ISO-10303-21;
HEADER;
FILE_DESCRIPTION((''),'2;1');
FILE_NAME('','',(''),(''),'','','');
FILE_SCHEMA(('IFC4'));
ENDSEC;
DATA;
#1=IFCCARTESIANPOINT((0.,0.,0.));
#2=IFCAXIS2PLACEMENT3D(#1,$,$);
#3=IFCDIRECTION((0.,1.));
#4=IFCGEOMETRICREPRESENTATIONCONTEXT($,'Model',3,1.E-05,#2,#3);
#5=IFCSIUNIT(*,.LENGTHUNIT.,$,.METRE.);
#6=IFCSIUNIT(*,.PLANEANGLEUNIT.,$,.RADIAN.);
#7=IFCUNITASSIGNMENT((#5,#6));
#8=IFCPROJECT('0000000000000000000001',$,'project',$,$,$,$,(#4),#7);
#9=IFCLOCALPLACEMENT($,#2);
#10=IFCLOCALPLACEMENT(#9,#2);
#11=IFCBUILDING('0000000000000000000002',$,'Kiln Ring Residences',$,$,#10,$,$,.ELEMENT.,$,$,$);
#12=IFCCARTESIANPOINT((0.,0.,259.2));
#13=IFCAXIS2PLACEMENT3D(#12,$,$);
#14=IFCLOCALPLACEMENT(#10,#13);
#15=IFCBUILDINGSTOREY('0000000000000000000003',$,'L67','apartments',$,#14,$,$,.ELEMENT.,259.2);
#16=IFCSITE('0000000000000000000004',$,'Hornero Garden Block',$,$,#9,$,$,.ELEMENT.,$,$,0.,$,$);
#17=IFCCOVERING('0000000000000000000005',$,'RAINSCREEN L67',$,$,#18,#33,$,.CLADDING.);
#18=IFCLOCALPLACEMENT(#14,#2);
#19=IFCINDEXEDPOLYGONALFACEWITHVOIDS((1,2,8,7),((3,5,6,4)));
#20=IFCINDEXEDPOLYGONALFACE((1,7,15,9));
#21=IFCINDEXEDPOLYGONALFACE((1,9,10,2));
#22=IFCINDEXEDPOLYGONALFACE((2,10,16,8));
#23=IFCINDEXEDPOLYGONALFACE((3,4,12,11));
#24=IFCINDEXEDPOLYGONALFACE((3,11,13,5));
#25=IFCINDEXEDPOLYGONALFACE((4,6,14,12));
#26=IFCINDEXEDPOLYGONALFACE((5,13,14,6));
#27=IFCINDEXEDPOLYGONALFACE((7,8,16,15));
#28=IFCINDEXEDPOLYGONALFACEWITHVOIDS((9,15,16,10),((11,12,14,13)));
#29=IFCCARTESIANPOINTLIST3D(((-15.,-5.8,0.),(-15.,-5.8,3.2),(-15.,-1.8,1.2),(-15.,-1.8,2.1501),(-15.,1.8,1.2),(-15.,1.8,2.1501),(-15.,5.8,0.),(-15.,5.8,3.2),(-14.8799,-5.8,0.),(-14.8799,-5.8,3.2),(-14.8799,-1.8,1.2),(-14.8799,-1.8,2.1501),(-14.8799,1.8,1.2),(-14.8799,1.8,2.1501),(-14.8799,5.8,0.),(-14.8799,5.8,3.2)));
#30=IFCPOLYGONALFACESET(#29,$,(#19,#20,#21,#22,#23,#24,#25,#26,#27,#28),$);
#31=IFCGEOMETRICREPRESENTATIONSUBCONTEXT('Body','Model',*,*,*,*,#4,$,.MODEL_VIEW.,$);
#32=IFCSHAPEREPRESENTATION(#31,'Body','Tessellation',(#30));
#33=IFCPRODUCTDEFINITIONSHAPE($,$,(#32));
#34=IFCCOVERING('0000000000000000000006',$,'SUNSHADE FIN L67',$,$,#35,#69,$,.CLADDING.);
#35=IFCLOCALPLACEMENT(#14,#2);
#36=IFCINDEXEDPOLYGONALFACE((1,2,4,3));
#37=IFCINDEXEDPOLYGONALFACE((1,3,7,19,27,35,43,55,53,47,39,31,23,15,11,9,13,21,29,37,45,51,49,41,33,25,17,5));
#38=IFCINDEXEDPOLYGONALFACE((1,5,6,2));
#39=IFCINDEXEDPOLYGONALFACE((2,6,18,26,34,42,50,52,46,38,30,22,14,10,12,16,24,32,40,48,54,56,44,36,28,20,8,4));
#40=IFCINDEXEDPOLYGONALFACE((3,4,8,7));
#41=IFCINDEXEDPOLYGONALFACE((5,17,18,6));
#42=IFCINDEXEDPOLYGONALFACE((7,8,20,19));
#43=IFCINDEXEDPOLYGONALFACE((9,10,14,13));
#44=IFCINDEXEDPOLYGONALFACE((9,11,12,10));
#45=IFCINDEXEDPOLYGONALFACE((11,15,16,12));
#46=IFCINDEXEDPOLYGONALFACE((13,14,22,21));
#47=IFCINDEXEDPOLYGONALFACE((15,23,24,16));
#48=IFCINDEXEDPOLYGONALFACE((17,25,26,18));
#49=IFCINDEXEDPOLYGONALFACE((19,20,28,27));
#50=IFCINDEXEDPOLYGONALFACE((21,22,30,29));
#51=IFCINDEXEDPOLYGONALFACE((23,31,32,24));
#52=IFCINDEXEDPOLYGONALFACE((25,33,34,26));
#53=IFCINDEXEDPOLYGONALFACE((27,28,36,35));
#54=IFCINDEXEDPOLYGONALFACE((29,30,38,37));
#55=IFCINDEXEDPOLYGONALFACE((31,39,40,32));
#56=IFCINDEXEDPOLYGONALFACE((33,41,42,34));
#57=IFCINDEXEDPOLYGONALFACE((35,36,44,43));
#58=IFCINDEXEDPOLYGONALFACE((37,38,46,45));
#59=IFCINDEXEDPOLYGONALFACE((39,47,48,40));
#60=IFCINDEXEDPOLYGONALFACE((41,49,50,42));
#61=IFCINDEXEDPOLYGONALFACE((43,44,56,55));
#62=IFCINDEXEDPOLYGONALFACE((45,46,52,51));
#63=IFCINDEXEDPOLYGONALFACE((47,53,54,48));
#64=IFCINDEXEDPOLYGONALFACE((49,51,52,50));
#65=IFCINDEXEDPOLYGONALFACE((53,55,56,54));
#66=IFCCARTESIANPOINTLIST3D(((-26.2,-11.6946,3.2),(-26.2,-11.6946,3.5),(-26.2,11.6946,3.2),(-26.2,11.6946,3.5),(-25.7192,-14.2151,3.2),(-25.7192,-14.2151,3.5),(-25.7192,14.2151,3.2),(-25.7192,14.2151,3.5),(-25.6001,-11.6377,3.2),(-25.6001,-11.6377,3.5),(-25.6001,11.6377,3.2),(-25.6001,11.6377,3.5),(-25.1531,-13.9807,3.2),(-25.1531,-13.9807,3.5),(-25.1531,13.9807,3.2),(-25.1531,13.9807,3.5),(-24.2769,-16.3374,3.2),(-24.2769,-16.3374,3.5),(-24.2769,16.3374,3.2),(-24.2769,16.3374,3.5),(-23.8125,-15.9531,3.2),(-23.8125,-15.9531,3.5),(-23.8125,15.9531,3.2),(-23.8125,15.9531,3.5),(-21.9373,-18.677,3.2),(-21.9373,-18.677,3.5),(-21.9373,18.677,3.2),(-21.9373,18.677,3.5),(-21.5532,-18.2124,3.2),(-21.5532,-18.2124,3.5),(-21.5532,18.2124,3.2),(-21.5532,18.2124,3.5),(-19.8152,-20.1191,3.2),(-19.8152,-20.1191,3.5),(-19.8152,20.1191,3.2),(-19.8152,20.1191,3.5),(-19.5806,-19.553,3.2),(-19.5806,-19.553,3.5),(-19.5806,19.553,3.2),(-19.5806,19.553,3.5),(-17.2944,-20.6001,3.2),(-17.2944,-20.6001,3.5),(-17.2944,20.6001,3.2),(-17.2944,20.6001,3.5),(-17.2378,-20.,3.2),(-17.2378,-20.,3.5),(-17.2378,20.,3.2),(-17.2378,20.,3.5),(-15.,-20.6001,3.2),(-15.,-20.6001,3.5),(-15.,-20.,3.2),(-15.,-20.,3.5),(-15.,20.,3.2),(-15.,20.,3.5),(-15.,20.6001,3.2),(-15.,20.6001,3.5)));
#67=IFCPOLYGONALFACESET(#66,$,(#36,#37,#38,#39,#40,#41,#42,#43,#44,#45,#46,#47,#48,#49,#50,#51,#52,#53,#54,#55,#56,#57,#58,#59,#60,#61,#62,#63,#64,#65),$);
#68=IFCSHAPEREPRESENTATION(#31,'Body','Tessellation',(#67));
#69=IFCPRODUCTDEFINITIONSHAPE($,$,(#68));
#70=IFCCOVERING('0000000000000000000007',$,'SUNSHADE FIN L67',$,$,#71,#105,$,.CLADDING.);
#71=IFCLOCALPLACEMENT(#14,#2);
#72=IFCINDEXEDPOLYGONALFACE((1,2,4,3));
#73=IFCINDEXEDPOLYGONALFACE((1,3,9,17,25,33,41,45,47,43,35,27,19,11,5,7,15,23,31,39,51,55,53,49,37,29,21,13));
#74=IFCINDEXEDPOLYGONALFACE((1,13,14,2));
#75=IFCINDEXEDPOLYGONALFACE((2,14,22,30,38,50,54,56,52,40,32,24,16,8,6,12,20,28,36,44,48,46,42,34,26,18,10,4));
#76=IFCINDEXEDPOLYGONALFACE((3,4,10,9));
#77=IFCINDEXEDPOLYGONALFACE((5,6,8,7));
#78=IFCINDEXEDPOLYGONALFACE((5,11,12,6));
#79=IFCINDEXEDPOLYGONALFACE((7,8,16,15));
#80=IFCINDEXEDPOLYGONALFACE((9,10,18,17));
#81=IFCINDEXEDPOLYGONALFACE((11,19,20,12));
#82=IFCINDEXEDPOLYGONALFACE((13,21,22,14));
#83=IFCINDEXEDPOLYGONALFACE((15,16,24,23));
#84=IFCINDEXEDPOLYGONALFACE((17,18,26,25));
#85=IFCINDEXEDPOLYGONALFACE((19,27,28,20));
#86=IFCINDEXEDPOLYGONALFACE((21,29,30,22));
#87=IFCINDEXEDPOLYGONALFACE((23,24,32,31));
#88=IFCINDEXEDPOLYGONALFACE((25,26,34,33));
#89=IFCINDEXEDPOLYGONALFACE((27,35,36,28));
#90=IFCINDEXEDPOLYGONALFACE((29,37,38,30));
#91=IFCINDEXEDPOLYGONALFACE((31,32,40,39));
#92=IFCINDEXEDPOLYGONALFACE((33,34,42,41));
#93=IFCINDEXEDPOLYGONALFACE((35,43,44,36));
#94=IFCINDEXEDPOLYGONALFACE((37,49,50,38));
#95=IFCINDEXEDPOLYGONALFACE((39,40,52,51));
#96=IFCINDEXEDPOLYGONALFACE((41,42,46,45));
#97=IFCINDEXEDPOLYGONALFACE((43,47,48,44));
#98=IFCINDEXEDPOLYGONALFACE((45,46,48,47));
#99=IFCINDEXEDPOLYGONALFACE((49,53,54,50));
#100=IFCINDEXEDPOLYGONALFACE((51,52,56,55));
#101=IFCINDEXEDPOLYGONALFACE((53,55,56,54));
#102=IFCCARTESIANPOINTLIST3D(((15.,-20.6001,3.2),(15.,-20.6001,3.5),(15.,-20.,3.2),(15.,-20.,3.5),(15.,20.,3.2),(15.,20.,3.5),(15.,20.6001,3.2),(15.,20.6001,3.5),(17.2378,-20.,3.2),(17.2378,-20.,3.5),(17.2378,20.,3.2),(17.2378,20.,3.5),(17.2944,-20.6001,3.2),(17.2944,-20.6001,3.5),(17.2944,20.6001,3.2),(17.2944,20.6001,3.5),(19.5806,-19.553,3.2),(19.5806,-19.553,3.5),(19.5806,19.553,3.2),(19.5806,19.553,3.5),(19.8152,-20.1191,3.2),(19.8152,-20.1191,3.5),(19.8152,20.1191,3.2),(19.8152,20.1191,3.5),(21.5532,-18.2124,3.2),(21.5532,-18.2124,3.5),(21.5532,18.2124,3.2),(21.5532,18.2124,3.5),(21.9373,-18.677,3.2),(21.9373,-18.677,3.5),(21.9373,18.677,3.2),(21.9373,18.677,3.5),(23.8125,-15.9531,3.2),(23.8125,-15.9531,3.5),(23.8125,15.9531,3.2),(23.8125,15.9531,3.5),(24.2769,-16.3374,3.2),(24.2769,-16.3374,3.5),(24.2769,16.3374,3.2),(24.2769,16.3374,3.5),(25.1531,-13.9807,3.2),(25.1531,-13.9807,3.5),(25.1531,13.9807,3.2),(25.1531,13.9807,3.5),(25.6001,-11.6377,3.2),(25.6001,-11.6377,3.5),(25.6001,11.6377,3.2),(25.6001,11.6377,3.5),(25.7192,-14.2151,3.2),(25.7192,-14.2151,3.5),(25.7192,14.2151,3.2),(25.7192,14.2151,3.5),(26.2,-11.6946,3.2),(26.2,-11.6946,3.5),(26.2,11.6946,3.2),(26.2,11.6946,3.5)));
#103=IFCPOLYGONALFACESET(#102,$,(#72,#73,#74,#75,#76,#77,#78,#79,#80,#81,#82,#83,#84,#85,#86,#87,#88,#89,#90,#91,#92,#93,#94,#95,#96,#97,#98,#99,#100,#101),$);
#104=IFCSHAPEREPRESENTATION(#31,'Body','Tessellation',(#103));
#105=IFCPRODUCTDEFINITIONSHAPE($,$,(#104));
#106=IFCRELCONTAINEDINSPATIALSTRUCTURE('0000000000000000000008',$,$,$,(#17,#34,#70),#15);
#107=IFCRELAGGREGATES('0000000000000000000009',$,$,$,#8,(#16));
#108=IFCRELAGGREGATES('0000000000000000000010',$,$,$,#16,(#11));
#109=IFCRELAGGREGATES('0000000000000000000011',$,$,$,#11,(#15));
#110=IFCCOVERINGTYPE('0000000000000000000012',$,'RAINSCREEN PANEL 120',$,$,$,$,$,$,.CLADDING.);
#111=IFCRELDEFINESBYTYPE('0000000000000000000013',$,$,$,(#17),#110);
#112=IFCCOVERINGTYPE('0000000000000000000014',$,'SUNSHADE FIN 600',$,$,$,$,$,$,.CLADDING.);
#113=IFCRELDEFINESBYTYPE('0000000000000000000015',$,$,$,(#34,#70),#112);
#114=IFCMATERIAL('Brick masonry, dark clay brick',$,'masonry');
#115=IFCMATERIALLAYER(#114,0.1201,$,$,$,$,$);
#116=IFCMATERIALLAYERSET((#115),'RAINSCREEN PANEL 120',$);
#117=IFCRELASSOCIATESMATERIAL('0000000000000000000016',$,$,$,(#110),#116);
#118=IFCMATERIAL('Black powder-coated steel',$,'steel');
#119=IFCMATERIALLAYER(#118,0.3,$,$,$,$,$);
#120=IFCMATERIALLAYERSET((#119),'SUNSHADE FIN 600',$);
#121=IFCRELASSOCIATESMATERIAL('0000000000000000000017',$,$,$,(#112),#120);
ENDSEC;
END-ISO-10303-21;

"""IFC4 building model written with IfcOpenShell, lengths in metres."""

from ifc_helpers import new_model, si_unit, direction, frame, origin, place, context, subcontext, project, spatial, polyline, outline, extrude, material, layer, layer_set, type_object, element, save


model = new_model("IFC4")

# Units and contexts
model_context = context("Model", 3, precision=1e-05, world=origin(), true_north=direction((0.0, 1.0)))
body_context = subcontext(model_context, "Body", "Model", "MODEL_VIEW")
ifc_project = project(units=[si_unit("LENGTHUNIT", "METRE"), si_unit("PLANEANGLEUNIT", "RADIAN")], contexts=[model_context])

# Site, building, storey
site_placement = place(None, origin())
site = spatial("IfcSite", under=ifc_project, at=site_placement, Name="Hornero Garden Block", CompositionType="ELEMENT", RefElevation=0.0)
building_placement = place(site_placement, origin())
building = spatial("IfcBuilding", under=site, at=building_placement, Name="Kiln Ring Residences", CompositionType="ELEMENT")
storey_placement = place(building_placement, frame((0.0, 0.0, 259.2)))
storey = spatial("IfcBuildingStorey", under=building, at=storey_placement, Name="L67", Description="apartments", CompositionType="ELEMENT", Elevation=259.2)

# Coverings
ifc_material_1 = material(Name="Brick masonry, dark clay brick", Category="masonry")
ifc_layer_1 = layer(ifc_material_1, 0.1201)
ifc_layer_set_1 = layer_set([ifc_layer_1], Name="RAINSCREEN PANEL 120")
covering_type_1 = type_object("IfcCoveringType", Name="RAINSCREEN PANEL 120", PredefinedType="CLADDING", material=ifc_layer_set_1)
covering_1_placement = place(storey_placement, frame((-14.9399, -5.8, 0.0), z_axis=(0.0, 0.0, 1.0), x_axis=(0.0, 1.0, 0.0)))
element("IfcCovering", 1, at=covering_1_placement, inside=storey, type_object=covering_type_1, Name="RAINSCREEN L67", PredefinedType="CLADDING", context=body_context, shape_type="SweptSolid", body=[
    extrude(outline(polyline([(0.0, 0.0), (11.6001, 0.0), (11.6001, 3.2), (0.0, 3.2), (0.0, 0.0)]), holes=[polyline([(4.0, 2.1501), (4.0, 1.2), (7.6001, 1.2), (7.6001, 2.1501), (4.0, 2.1501)])]), frame((0.0, 0.0601, 0.0), z_axis=(0.0, -1.0, 0.0), x_axis=(1.0, 0.0, 0.0)), (0.0, 0.0, 1.0), 0.1201),
])
ifc_material_2 = material(Name="Black powder-coated steel", Category="steel")
ifc_layer_2 = layer(ifc_material_2, 0.3)
ifc_layer_set_2 = layer_set([ifc_layer_2], Name="SUNSHADE FIN 600")
covering_type_2 = type_object("IfcCoveringType", Name="SUNSHADE FIN 600", PredefinedType="CLADDING", material=ifc_layer_set_2)
placement = place(storey_placement, frame((0.0, 0.0, 3.2)))
element("IfcCovering", 2, at=placement, inside=storey, type_object=covering_type_2, Name="SUNSHADE FIN L67", PredefinedType="CLADDING", context=body_context, shape_type="SweptSolid", body=[
    extrude(outline(polyline([(-26.2, -11.6946), (-25.7192, -14.2151), (-24.2769, -16.3374), (-21.9373, -18.677), (-19.8152, -20.1191), (-17.2944, -20.6001), (-15.0, -20.6001), (-15.0, -20.0), (-17.2378, -20.0), (-19.5806, -19.553), (-21.5532, -18.2124), (-23.8125, -15.9531), (-25.1531, -13.9807), (-25.6001, -11.6377), (-25.6001, 11.6377), (-25.1531, 13.9807), (-23.8125, 15.9531), (-21.5532, 18.2124), (-19.5806, 19.553), (-17.2378, 20.0), (-15.0, 20.0), (-15.0, 20.6001), (-17.2944, 20.6001), (-19.8152, 20.1191), (-21.9373, 18.677), (-24.2769, 16.3374), (-25.7192, 14.2151), (-26.2, 11.6946), (-26.2, -11.6946)])), origin(), (0.0, 0.0, 1.0), 0.3),
])
element("IfcCovering", 3, at=placement, inside=storey, type_object=covering_type_2, Name="SUNSHADE FIN L67", PredefinedType="CLADDING", context=body_context, shape_type="SweptSolid", body=[
    extrude(outline(polyline([(17.2944, 20.6001), (15.0, 20.6001), (15.0, 20.0), (17.2378, 20.0), (19.5806, 19.553), (21.5532, 18.2124), (23.8125, 15.9531), (25.1531, 13.9807), (25.6001, 11.6377), (25.6001, -11.6377), (25.1531, -13.9807), (23.8125, -15.9531), (21.5532, -18.2124), (19.5806, -19.553), (17.2378, -20.0), (15.0, -20.0), (15.0, -20.6001), (17.2944, -20.6001), (19.8152, -20.1191), (21.9373, -18.677), (24.2769, -16.3374), (25.7192, -14.2151), (26.2, -11.6946), (26.2, 11.6946), (25.7192, 14.2151), (24.2769, 16.3374), (21.9373, 18.677), (19.8152, 20.1191), (17.2944, 20.6001)])), origin(), (0.0, 0.0, 1.0), 0.3),
])

save(model, "model.ifc")
